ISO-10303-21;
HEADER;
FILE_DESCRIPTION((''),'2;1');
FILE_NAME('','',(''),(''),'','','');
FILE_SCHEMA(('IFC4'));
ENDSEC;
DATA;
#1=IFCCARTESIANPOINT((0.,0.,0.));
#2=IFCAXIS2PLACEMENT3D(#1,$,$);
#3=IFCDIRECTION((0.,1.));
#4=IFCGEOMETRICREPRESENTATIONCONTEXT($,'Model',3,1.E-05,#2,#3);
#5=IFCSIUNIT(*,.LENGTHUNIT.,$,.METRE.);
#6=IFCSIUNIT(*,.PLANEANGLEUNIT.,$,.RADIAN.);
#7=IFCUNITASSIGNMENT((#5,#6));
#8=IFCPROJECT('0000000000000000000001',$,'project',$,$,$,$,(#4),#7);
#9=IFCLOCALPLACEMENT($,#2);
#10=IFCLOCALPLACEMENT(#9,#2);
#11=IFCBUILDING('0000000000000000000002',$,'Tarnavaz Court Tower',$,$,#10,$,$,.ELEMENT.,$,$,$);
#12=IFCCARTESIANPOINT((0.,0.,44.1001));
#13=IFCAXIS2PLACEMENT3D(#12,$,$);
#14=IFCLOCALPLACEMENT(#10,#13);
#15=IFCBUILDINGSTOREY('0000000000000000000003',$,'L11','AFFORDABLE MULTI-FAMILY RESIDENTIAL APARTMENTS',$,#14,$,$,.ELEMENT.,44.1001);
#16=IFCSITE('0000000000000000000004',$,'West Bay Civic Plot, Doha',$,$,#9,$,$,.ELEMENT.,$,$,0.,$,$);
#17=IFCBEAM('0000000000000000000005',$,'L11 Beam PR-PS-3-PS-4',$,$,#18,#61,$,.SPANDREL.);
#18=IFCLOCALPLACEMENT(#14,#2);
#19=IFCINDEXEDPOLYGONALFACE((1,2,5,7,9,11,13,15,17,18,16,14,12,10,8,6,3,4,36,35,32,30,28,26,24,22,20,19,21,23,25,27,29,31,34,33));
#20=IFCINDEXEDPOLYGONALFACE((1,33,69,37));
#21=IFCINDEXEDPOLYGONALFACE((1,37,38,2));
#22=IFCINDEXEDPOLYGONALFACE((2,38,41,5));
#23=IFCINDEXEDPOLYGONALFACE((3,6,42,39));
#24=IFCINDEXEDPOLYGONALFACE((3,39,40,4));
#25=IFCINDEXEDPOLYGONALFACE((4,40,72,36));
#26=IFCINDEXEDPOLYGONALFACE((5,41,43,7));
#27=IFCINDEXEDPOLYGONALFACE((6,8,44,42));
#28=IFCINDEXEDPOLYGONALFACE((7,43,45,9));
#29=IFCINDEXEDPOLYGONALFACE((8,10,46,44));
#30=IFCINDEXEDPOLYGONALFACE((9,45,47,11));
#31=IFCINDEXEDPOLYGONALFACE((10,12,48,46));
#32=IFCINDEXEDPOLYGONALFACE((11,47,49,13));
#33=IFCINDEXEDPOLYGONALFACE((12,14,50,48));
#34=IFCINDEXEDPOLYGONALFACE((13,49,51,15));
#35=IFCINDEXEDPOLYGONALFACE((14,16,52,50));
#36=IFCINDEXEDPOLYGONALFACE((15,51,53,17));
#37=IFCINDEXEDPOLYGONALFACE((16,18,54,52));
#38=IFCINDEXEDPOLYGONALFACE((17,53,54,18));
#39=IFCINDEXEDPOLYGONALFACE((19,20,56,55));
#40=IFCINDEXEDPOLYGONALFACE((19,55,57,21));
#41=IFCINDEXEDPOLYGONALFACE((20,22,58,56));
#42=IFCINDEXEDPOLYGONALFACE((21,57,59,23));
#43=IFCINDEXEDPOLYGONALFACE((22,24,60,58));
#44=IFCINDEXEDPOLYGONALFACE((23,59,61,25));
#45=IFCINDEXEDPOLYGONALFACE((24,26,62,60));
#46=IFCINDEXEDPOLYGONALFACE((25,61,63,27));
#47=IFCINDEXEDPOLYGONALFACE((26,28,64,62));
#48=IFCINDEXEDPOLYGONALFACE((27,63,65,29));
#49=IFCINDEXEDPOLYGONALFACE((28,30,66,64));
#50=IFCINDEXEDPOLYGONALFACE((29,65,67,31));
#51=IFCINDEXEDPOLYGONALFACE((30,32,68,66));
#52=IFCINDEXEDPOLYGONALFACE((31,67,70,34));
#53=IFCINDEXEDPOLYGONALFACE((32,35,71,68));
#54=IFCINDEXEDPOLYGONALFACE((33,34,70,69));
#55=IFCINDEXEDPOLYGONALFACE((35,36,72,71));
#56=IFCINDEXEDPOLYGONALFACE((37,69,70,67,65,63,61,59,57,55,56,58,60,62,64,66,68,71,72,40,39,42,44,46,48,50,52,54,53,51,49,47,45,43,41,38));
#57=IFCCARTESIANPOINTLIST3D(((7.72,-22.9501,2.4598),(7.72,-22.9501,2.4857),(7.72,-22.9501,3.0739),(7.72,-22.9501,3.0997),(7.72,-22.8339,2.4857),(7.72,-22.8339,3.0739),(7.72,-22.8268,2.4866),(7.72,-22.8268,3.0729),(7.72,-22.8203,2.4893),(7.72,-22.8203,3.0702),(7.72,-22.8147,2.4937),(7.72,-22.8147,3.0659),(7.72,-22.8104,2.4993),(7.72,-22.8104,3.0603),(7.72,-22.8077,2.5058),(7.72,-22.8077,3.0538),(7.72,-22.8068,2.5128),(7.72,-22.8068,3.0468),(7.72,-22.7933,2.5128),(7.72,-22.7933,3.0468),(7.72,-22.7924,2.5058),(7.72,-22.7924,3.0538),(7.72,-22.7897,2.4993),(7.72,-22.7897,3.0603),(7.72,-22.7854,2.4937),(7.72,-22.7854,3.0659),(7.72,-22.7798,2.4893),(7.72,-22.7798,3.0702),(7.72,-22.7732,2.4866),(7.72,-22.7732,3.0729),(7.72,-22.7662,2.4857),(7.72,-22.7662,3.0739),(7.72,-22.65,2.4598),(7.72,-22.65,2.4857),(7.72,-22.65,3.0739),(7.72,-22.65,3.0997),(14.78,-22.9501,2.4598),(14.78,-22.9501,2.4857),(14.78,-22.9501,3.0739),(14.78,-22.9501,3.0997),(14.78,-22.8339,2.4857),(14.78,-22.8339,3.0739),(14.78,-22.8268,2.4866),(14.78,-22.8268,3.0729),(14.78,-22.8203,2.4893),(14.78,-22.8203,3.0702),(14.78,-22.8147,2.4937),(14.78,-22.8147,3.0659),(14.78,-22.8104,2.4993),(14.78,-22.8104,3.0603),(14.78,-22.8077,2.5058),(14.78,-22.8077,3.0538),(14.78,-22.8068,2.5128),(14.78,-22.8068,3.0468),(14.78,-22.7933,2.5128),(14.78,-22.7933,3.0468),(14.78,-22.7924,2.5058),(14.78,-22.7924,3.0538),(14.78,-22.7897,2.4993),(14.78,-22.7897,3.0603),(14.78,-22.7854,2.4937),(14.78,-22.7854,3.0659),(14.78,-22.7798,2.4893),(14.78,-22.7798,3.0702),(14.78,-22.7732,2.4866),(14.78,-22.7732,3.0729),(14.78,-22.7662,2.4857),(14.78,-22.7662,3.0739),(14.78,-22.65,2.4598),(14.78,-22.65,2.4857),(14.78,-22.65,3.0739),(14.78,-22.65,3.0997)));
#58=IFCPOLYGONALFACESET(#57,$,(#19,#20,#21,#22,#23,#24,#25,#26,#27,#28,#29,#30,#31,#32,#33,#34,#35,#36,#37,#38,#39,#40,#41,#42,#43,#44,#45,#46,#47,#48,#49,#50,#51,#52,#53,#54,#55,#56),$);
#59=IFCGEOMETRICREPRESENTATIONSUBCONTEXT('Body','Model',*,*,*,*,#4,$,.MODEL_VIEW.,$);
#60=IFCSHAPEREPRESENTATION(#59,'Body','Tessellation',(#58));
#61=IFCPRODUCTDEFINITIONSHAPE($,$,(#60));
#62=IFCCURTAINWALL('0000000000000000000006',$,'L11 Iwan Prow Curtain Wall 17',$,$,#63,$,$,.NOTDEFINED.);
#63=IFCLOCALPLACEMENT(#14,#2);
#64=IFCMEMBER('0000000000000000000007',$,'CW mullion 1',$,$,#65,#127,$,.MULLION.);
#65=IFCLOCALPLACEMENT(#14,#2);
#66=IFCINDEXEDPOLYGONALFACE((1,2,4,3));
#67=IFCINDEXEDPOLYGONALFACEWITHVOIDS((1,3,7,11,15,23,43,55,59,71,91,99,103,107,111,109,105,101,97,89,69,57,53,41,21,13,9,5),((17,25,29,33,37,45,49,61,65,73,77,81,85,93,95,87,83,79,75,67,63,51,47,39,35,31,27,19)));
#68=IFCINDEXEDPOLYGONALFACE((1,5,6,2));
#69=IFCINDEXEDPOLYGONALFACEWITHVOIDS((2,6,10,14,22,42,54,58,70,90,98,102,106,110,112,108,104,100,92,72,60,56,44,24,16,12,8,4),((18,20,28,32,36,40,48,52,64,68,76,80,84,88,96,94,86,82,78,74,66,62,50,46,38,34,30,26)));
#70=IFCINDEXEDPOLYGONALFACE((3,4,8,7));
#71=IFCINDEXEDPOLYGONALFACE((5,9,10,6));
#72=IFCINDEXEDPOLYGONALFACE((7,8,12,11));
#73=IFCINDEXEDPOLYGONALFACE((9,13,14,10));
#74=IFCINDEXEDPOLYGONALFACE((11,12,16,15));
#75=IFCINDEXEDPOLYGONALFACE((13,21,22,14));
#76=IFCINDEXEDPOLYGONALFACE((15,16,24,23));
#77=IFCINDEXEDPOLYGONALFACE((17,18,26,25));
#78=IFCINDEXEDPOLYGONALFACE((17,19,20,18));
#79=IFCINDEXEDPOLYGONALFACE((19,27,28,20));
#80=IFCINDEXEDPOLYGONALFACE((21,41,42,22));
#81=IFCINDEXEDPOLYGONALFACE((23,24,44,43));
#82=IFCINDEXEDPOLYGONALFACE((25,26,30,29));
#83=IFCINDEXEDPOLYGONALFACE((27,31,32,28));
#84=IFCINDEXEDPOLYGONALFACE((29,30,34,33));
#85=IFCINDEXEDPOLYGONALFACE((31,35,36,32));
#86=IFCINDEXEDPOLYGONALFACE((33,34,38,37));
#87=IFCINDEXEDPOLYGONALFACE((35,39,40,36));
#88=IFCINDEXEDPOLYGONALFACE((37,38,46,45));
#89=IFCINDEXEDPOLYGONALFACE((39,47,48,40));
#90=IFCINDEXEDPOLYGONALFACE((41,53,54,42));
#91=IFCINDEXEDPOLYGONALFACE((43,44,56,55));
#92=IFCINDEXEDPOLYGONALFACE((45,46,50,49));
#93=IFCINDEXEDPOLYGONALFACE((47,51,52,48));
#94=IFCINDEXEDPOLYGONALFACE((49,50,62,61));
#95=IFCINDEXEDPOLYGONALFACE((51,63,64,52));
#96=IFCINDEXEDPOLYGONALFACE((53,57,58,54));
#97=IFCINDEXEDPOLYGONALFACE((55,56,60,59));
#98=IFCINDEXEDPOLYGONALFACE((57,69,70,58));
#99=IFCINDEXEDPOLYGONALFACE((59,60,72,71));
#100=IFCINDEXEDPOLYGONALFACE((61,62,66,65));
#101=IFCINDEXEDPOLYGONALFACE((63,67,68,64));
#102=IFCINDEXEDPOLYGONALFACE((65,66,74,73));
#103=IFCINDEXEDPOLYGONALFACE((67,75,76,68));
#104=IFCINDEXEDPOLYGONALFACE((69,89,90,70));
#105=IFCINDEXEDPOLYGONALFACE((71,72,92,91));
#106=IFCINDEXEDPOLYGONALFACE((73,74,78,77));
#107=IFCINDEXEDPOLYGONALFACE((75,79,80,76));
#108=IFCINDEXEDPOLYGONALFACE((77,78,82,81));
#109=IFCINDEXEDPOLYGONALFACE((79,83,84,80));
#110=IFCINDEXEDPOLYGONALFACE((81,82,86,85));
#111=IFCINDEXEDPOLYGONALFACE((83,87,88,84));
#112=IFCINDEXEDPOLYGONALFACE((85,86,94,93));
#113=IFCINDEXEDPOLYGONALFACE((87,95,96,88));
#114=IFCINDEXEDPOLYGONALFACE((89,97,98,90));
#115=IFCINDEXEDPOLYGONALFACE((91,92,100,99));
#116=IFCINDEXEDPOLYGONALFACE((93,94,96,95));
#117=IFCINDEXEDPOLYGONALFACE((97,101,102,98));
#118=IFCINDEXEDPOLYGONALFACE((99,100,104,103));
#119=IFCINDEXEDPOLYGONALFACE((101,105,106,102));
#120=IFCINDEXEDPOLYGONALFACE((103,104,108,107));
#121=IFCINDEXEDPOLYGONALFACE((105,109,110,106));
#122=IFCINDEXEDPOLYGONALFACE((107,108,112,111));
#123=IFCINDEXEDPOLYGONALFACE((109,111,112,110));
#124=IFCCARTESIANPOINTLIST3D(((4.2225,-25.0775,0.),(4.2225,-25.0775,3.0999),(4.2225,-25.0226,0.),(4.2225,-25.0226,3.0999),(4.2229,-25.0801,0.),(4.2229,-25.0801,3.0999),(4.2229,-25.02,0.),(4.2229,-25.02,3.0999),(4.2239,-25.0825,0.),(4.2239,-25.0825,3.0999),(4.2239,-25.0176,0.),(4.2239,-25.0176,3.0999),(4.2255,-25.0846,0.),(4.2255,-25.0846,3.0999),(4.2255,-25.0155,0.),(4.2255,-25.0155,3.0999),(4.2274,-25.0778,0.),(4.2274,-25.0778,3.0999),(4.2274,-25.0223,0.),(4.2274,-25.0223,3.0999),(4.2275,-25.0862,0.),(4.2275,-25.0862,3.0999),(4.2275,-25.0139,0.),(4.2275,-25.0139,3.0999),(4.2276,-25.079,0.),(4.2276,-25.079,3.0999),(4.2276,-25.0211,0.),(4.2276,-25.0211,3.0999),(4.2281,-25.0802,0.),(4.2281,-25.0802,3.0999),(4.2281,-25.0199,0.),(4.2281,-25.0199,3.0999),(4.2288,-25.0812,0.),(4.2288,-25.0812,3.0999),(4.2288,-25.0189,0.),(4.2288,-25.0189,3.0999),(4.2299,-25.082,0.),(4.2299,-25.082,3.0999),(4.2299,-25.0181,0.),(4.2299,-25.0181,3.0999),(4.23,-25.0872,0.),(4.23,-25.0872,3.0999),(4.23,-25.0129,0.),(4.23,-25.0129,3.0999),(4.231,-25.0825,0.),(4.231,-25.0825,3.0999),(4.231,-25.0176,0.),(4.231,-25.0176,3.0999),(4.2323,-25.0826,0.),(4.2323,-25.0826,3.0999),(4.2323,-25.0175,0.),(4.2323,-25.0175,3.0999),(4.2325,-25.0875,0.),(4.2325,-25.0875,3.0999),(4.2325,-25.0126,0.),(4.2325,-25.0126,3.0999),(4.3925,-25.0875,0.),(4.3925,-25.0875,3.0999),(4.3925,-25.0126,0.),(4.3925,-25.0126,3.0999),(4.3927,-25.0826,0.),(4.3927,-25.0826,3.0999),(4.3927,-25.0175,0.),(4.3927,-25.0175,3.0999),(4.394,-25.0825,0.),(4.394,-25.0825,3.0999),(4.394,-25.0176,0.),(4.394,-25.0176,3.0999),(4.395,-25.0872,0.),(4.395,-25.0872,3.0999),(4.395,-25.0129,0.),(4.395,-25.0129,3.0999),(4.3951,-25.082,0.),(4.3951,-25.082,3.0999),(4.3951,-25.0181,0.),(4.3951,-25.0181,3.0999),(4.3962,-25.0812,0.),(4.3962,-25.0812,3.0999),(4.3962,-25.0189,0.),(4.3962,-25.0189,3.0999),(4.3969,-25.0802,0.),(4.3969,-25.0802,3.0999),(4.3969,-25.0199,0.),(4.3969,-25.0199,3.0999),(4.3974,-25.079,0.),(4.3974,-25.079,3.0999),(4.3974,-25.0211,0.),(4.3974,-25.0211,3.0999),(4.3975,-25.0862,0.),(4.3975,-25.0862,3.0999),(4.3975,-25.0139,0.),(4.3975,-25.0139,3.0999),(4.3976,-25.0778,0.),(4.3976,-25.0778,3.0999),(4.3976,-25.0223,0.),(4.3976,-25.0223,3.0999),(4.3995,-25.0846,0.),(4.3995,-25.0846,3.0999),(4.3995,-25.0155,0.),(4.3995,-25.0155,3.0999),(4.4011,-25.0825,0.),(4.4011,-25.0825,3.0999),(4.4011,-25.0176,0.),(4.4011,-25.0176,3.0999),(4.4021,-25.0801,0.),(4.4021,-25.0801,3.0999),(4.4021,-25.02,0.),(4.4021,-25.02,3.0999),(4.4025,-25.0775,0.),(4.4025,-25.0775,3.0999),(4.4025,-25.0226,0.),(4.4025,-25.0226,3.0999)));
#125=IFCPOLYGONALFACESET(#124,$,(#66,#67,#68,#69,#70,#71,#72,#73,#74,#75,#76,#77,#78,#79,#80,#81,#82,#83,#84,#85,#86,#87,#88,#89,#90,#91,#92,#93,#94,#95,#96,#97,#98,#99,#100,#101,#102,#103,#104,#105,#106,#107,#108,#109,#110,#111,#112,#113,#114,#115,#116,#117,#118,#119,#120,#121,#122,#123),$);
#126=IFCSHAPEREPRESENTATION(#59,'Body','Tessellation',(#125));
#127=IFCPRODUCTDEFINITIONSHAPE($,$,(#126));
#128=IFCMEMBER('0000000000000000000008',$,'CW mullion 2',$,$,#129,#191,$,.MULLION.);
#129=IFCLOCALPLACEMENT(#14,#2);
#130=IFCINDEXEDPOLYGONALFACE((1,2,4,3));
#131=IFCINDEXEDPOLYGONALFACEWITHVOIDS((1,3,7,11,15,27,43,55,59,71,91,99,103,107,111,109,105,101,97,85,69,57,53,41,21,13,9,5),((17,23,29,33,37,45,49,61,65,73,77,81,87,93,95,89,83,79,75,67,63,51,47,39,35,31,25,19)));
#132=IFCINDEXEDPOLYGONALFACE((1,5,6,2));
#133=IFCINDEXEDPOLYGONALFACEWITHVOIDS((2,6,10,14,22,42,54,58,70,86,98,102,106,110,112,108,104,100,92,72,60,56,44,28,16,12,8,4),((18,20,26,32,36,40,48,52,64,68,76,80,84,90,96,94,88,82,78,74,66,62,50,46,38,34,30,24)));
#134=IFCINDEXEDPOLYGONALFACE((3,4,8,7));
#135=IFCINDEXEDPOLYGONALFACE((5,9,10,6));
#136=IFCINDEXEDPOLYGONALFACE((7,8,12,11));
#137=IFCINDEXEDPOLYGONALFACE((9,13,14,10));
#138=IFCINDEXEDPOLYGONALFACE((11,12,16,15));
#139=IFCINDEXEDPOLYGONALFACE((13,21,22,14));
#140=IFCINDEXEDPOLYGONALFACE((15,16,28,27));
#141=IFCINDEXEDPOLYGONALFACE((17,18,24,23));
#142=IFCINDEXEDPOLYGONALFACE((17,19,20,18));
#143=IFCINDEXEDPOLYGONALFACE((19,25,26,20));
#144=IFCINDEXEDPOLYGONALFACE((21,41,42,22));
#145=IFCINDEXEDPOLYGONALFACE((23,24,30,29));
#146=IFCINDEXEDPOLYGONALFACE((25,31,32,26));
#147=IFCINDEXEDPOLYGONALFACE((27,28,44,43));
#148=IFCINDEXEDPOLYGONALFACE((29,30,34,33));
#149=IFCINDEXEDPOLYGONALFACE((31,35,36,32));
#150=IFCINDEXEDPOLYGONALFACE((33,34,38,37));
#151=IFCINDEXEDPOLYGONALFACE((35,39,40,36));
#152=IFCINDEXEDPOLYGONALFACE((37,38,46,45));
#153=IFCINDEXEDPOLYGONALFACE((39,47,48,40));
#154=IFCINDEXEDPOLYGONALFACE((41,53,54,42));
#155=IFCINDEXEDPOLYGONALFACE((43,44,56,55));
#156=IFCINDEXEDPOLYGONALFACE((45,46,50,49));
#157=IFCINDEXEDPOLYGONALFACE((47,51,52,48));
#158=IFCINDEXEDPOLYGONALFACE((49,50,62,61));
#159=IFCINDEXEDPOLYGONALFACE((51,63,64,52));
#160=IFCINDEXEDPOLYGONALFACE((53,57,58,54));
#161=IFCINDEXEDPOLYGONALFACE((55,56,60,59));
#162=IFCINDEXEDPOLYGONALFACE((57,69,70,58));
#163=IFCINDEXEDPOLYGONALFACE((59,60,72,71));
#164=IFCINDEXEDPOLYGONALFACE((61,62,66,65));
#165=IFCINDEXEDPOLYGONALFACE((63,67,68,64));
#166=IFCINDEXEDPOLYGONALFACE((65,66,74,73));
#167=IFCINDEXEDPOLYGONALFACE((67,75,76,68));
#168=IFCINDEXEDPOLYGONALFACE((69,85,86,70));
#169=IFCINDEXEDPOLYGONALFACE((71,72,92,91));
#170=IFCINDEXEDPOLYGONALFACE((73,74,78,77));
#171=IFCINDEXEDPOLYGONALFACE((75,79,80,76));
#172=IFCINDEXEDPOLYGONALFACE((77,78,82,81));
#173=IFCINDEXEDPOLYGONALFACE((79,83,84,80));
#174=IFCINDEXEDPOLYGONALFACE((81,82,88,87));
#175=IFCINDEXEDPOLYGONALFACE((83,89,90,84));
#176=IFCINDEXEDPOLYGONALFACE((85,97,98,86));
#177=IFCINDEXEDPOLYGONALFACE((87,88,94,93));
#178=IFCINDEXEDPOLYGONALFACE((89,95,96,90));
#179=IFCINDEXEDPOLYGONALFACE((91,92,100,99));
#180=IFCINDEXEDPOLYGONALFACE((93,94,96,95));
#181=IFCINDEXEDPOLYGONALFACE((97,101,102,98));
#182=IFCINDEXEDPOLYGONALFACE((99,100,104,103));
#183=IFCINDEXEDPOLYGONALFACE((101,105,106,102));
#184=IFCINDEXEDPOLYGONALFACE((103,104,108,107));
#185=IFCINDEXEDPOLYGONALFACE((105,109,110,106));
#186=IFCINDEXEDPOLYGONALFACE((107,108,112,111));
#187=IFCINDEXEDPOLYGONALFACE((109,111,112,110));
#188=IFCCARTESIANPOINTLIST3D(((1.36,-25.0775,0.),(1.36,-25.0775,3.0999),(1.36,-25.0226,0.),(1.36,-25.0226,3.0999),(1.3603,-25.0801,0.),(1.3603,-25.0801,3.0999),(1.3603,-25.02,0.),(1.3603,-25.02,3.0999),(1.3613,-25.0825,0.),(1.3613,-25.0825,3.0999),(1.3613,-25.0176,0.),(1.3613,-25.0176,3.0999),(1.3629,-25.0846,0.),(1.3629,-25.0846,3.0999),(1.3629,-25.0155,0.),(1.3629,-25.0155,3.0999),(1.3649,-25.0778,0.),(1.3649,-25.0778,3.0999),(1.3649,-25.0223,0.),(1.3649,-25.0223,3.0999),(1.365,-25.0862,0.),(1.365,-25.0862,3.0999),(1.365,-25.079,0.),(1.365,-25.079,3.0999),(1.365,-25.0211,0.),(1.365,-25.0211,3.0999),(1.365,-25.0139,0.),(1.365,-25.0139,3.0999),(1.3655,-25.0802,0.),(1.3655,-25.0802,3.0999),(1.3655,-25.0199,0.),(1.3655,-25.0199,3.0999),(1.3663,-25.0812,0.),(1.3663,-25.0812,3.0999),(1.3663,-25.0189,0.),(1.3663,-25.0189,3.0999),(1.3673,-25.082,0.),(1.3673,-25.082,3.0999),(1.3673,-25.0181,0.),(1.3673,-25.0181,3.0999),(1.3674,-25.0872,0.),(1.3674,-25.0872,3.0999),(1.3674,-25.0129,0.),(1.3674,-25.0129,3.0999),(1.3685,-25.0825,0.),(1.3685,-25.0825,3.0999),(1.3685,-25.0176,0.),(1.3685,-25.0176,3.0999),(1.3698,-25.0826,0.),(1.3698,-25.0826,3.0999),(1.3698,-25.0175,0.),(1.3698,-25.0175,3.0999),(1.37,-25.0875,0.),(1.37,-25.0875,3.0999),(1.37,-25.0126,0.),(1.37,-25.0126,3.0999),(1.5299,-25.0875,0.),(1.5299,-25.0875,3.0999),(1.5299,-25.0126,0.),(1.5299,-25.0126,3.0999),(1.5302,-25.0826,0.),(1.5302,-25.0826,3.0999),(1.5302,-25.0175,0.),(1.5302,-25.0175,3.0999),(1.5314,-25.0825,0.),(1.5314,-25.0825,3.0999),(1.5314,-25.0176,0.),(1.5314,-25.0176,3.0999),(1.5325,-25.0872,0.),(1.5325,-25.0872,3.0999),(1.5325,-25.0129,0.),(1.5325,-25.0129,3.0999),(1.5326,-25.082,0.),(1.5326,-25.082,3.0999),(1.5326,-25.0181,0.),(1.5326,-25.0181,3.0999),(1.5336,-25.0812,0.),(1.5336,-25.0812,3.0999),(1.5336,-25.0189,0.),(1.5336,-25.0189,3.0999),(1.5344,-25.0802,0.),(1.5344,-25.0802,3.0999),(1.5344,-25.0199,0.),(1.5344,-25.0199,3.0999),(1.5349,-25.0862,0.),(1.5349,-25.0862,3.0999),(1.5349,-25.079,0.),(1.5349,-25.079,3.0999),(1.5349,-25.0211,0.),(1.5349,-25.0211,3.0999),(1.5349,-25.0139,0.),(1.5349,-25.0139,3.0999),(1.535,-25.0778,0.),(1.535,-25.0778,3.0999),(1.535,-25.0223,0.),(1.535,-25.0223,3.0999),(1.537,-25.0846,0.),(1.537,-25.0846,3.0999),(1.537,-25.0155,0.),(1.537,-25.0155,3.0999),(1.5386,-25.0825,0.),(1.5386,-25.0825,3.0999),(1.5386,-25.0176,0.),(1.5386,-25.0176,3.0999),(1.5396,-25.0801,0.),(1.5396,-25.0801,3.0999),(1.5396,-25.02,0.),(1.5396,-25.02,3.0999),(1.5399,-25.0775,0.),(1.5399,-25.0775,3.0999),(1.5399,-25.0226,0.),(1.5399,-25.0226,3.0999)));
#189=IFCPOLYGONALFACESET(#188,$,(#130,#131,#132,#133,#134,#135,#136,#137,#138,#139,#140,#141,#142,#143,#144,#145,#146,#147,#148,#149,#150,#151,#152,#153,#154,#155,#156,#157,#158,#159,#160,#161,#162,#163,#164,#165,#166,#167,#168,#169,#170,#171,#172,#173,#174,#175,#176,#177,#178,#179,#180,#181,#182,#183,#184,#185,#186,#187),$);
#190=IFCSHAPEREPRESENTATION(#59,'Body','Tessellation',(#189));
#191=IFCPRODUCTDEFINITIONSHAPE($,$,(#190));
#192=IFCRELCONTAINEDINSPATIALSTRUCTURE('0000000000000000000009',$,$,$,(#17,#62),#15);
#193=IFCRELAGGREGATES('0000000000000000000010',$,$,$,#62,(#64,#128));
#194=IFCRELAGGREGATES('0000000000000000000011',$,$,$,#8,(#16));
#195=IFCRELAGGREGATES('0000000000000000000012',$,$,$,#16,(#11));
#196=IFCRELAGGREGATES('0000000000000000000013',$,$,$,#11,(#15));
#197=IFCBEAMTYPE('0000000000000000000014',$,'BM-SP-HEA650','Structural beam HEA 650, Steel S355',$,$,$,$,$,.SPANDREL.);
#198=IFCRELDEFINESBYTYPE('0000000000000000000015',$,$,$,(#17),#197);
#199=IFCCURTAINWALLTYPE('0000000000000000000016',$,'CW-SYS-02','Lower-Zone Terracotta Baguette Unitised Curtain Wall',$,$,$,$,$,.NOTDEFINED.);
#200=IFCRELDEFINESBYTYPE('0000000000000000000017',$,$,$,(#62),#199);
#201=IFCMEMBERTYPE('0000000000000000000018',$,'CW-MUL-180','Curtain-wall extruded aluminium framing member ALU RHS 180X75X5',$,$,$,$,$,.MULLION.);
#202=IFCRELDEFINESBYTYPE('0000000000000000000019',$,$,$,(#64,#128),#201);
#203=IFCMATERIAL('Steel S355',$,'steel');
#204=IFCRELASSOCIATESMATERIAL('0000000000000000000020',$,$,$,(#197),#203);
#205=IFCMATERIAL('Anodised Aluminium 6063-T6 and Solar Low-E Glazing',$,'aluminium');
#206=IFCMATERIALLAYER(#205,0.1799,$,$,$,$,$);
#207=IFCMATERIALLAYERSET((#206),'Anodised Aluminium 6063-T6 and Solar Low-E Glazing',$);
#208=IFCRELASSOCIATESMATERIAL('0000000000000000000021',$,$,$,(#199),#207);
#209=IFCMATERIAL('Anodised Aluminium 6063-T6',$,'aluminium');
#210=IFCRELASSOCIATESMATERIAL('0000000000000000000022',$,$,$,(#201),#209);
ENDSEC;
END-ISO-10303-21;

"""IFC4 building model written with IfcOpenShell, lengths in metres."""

from ifc_helpers import new_model, si_unit, direction, frame, origin, origin_2d, place, context, subcontext, project, spatial, hollow_rectangle, i_section, extrude, material, layer, layer_set, material_profile, profile_set, type_object, element, aggregate, save


model = new_model("IFC4")

# Units and contexts
model_context = context("Model", 3, precision=1e-05, world=origin(), true_north=direction((0.0, 1.0)))
body_context = subcontext(model_context, "Body", "Model", "MODEL_VIEW")
ifc_project = project(units=[si_unit("LENGTHUNIT", "METRE"), si_unit("PLANEANGLEUNIT", "RADIAN")], contexts=[model_context])

# Site, building, storey
site_placement = place(None, origin())
site = spatial("IfcSite", under=ifc_project, at=site_placement, Name="West Bay Civic Plot, Doha", CompositionType="ELEMENT", RefElevation=0.0)
building_placement = place(site_placement, origin())
building = spatial("IfcBuilding", under=site, at=building_placement, Name="Tarnavaz Court Tower", CompositionType="ELEMENT")
storey_placement = place(building_placement, frame((0.0, 0.0, 44.1001)))
storey = spatial("IfcBuildingStorey", under=building, at=storey_placement, Name="L11", Description="AFFORDABLE MULTI-FAMILY RESIDENTIAL APARTMENTS", CompositionType="ELEMENT", Elevation=44.1001)

# Beam
ifc_material_1 = material(Name="Steel S355", Category="steel")
ifc_material_profile_1 = material_profile(ifc_material_1, i_section(OverallWidth=0.3, OverallDepth=0.6399, WebThickness=0.0134, FlangeThickness=0.0259, FilletRadius=0.0271, at=origin_2d()), Name="HEA 650")
ifc_profile_set_1 = profile_set([ifc_material_profile_1], Name="Steel S355")
beam_type_1 = type_object("IfcBeamType", Name="BM-SP-HEA650", Description="Structural beam HEA 650, Steel S355", PredefinedType="SPANDREL", material=ifc_profile_set_1)
beam_placement = place(storey_placement, frame((7.72, -22.8, 2.7798), z_axis=(1.0, 0.0, 0.0), x_axis=(0.0, 1.0, 0.0)))
element("IfcBeam", 1, at=beam_placement, inside=storey, type_object=beam_type_1, Name="L11 Beam PR-PS-3-PS-4", PredefinedType="SPANDREL", context=body_context, shape_type="SweptSolid", body=[
    extrude(i_section(OverallWidth=0.3, OverallDepth=0.6399, WebThickness=0.0134, FlangeThickness=0.0259, FilletRadius=0.0271, at=origin_2d()), origin(), (0.0, 0.0, 1.0), 7.0601),
])

# Curtain wall, members
ifc_material_2 = material(Name="Anodised Aluminium 6063-T6 and Solar Low-E Glazing", Category="aluminium")
ifc_layer_1 = layer(ifc_material_2, 0.1799)
ifc_layer_set_1 = layer_set([ifc_layer_1], Name="Anodised Aluminium 6063-T6 and Solar Low-E Glazing")
curtain_wall_type = type_object("IfcCurtainWallType", Name="CW-SYS-02", Description="Lower-Zone Terracotta Baguette Unitised Curtain Wall", PredefinedType="NOTDEFINED", material=ifc_layer_set_1)
curtain_wall_placement = place(storey_placement, origin())
curtain_wall = element("IfcCurtainWall", 2, at=curtain_wall_placement, inside=storey, type_object=curtain_wall_type, Name="L11 Iwan Prow Curtain Wall 17", PredefinedType="NOTDEFINED")
ifc_material_3 = material(Name="Anodised Aluminium 6063-T6", Category="aluminium")
ifc_material_profile_2 = material_profile(ifc_material_3, hollow_rectangle(XDim=0.075, YDim=0.1799, WallThickness=0.0049, InnerFilletRadius=0.0049, OuterFilletRadius=0.01, at=origin_2d()), Name="ALU RHS 180X75X5")
ifc_profile_set_2 = profile_set([ifc_material_profile_2], Name="Anodised Aluminium 6063-T6")
member_type_1 = type_object("IfcMemberType", Name="CW-MUL-180", Description="Curtain-wall extruded aluminium framing member ALU RHS 180X75X5", PredefinedType="MULLION", material=ifc_profile_set_2)
member_1_placement = place(storey_placement, frame((4.3125, -25.05, 0.0), z_axis=(0.0, 0.0, 1.0), x_axis=(0.0, -1.0, 0.0)))
member_1 = element("IfcMember", 3, at=member_1_placement, type_object=member_type_1, Name="CW mullion 1", PredefinedType="MULLION", context=body_context, shape_type="SweptSolid", body=[
    extrude(hollow_rectangle(XDim=0.075, YDim=0.1799, WallThickness=0.0049, InnerFilletRadius=0.0049, OuterFilletRadius=0.01, at=origin_2d()), origin(), (0.0, 0.0, 1.0), 3.0999),
])
member_2_placement = place(storey_placement, frame((1.45, -25.05, 0.0), z_axis=(0.0, 0.0, 1.0), x_axis=(0.0, -1.0, 0.0)))
member_2 = element("IfcMember", 4, at=member_2_placement, type_object=member_type_1, Name="CW mullion 2", PredefinedType="MULLION", context=body_context, shape_type="SweptSolid", body=[
    extrude(hollow_rectangle(XDim=0.075, YDim=0.1799, WallThickness=0.0049, InnerFilletRadius=0.0049, OuterFilletRadius=0.01, at=origin_2d()), origin(), (0.0, 0.0, 1.0), 3.0999),
])
aggregate(curtain_wall, [member_1, member_2])

save(model, "model.ifc")
